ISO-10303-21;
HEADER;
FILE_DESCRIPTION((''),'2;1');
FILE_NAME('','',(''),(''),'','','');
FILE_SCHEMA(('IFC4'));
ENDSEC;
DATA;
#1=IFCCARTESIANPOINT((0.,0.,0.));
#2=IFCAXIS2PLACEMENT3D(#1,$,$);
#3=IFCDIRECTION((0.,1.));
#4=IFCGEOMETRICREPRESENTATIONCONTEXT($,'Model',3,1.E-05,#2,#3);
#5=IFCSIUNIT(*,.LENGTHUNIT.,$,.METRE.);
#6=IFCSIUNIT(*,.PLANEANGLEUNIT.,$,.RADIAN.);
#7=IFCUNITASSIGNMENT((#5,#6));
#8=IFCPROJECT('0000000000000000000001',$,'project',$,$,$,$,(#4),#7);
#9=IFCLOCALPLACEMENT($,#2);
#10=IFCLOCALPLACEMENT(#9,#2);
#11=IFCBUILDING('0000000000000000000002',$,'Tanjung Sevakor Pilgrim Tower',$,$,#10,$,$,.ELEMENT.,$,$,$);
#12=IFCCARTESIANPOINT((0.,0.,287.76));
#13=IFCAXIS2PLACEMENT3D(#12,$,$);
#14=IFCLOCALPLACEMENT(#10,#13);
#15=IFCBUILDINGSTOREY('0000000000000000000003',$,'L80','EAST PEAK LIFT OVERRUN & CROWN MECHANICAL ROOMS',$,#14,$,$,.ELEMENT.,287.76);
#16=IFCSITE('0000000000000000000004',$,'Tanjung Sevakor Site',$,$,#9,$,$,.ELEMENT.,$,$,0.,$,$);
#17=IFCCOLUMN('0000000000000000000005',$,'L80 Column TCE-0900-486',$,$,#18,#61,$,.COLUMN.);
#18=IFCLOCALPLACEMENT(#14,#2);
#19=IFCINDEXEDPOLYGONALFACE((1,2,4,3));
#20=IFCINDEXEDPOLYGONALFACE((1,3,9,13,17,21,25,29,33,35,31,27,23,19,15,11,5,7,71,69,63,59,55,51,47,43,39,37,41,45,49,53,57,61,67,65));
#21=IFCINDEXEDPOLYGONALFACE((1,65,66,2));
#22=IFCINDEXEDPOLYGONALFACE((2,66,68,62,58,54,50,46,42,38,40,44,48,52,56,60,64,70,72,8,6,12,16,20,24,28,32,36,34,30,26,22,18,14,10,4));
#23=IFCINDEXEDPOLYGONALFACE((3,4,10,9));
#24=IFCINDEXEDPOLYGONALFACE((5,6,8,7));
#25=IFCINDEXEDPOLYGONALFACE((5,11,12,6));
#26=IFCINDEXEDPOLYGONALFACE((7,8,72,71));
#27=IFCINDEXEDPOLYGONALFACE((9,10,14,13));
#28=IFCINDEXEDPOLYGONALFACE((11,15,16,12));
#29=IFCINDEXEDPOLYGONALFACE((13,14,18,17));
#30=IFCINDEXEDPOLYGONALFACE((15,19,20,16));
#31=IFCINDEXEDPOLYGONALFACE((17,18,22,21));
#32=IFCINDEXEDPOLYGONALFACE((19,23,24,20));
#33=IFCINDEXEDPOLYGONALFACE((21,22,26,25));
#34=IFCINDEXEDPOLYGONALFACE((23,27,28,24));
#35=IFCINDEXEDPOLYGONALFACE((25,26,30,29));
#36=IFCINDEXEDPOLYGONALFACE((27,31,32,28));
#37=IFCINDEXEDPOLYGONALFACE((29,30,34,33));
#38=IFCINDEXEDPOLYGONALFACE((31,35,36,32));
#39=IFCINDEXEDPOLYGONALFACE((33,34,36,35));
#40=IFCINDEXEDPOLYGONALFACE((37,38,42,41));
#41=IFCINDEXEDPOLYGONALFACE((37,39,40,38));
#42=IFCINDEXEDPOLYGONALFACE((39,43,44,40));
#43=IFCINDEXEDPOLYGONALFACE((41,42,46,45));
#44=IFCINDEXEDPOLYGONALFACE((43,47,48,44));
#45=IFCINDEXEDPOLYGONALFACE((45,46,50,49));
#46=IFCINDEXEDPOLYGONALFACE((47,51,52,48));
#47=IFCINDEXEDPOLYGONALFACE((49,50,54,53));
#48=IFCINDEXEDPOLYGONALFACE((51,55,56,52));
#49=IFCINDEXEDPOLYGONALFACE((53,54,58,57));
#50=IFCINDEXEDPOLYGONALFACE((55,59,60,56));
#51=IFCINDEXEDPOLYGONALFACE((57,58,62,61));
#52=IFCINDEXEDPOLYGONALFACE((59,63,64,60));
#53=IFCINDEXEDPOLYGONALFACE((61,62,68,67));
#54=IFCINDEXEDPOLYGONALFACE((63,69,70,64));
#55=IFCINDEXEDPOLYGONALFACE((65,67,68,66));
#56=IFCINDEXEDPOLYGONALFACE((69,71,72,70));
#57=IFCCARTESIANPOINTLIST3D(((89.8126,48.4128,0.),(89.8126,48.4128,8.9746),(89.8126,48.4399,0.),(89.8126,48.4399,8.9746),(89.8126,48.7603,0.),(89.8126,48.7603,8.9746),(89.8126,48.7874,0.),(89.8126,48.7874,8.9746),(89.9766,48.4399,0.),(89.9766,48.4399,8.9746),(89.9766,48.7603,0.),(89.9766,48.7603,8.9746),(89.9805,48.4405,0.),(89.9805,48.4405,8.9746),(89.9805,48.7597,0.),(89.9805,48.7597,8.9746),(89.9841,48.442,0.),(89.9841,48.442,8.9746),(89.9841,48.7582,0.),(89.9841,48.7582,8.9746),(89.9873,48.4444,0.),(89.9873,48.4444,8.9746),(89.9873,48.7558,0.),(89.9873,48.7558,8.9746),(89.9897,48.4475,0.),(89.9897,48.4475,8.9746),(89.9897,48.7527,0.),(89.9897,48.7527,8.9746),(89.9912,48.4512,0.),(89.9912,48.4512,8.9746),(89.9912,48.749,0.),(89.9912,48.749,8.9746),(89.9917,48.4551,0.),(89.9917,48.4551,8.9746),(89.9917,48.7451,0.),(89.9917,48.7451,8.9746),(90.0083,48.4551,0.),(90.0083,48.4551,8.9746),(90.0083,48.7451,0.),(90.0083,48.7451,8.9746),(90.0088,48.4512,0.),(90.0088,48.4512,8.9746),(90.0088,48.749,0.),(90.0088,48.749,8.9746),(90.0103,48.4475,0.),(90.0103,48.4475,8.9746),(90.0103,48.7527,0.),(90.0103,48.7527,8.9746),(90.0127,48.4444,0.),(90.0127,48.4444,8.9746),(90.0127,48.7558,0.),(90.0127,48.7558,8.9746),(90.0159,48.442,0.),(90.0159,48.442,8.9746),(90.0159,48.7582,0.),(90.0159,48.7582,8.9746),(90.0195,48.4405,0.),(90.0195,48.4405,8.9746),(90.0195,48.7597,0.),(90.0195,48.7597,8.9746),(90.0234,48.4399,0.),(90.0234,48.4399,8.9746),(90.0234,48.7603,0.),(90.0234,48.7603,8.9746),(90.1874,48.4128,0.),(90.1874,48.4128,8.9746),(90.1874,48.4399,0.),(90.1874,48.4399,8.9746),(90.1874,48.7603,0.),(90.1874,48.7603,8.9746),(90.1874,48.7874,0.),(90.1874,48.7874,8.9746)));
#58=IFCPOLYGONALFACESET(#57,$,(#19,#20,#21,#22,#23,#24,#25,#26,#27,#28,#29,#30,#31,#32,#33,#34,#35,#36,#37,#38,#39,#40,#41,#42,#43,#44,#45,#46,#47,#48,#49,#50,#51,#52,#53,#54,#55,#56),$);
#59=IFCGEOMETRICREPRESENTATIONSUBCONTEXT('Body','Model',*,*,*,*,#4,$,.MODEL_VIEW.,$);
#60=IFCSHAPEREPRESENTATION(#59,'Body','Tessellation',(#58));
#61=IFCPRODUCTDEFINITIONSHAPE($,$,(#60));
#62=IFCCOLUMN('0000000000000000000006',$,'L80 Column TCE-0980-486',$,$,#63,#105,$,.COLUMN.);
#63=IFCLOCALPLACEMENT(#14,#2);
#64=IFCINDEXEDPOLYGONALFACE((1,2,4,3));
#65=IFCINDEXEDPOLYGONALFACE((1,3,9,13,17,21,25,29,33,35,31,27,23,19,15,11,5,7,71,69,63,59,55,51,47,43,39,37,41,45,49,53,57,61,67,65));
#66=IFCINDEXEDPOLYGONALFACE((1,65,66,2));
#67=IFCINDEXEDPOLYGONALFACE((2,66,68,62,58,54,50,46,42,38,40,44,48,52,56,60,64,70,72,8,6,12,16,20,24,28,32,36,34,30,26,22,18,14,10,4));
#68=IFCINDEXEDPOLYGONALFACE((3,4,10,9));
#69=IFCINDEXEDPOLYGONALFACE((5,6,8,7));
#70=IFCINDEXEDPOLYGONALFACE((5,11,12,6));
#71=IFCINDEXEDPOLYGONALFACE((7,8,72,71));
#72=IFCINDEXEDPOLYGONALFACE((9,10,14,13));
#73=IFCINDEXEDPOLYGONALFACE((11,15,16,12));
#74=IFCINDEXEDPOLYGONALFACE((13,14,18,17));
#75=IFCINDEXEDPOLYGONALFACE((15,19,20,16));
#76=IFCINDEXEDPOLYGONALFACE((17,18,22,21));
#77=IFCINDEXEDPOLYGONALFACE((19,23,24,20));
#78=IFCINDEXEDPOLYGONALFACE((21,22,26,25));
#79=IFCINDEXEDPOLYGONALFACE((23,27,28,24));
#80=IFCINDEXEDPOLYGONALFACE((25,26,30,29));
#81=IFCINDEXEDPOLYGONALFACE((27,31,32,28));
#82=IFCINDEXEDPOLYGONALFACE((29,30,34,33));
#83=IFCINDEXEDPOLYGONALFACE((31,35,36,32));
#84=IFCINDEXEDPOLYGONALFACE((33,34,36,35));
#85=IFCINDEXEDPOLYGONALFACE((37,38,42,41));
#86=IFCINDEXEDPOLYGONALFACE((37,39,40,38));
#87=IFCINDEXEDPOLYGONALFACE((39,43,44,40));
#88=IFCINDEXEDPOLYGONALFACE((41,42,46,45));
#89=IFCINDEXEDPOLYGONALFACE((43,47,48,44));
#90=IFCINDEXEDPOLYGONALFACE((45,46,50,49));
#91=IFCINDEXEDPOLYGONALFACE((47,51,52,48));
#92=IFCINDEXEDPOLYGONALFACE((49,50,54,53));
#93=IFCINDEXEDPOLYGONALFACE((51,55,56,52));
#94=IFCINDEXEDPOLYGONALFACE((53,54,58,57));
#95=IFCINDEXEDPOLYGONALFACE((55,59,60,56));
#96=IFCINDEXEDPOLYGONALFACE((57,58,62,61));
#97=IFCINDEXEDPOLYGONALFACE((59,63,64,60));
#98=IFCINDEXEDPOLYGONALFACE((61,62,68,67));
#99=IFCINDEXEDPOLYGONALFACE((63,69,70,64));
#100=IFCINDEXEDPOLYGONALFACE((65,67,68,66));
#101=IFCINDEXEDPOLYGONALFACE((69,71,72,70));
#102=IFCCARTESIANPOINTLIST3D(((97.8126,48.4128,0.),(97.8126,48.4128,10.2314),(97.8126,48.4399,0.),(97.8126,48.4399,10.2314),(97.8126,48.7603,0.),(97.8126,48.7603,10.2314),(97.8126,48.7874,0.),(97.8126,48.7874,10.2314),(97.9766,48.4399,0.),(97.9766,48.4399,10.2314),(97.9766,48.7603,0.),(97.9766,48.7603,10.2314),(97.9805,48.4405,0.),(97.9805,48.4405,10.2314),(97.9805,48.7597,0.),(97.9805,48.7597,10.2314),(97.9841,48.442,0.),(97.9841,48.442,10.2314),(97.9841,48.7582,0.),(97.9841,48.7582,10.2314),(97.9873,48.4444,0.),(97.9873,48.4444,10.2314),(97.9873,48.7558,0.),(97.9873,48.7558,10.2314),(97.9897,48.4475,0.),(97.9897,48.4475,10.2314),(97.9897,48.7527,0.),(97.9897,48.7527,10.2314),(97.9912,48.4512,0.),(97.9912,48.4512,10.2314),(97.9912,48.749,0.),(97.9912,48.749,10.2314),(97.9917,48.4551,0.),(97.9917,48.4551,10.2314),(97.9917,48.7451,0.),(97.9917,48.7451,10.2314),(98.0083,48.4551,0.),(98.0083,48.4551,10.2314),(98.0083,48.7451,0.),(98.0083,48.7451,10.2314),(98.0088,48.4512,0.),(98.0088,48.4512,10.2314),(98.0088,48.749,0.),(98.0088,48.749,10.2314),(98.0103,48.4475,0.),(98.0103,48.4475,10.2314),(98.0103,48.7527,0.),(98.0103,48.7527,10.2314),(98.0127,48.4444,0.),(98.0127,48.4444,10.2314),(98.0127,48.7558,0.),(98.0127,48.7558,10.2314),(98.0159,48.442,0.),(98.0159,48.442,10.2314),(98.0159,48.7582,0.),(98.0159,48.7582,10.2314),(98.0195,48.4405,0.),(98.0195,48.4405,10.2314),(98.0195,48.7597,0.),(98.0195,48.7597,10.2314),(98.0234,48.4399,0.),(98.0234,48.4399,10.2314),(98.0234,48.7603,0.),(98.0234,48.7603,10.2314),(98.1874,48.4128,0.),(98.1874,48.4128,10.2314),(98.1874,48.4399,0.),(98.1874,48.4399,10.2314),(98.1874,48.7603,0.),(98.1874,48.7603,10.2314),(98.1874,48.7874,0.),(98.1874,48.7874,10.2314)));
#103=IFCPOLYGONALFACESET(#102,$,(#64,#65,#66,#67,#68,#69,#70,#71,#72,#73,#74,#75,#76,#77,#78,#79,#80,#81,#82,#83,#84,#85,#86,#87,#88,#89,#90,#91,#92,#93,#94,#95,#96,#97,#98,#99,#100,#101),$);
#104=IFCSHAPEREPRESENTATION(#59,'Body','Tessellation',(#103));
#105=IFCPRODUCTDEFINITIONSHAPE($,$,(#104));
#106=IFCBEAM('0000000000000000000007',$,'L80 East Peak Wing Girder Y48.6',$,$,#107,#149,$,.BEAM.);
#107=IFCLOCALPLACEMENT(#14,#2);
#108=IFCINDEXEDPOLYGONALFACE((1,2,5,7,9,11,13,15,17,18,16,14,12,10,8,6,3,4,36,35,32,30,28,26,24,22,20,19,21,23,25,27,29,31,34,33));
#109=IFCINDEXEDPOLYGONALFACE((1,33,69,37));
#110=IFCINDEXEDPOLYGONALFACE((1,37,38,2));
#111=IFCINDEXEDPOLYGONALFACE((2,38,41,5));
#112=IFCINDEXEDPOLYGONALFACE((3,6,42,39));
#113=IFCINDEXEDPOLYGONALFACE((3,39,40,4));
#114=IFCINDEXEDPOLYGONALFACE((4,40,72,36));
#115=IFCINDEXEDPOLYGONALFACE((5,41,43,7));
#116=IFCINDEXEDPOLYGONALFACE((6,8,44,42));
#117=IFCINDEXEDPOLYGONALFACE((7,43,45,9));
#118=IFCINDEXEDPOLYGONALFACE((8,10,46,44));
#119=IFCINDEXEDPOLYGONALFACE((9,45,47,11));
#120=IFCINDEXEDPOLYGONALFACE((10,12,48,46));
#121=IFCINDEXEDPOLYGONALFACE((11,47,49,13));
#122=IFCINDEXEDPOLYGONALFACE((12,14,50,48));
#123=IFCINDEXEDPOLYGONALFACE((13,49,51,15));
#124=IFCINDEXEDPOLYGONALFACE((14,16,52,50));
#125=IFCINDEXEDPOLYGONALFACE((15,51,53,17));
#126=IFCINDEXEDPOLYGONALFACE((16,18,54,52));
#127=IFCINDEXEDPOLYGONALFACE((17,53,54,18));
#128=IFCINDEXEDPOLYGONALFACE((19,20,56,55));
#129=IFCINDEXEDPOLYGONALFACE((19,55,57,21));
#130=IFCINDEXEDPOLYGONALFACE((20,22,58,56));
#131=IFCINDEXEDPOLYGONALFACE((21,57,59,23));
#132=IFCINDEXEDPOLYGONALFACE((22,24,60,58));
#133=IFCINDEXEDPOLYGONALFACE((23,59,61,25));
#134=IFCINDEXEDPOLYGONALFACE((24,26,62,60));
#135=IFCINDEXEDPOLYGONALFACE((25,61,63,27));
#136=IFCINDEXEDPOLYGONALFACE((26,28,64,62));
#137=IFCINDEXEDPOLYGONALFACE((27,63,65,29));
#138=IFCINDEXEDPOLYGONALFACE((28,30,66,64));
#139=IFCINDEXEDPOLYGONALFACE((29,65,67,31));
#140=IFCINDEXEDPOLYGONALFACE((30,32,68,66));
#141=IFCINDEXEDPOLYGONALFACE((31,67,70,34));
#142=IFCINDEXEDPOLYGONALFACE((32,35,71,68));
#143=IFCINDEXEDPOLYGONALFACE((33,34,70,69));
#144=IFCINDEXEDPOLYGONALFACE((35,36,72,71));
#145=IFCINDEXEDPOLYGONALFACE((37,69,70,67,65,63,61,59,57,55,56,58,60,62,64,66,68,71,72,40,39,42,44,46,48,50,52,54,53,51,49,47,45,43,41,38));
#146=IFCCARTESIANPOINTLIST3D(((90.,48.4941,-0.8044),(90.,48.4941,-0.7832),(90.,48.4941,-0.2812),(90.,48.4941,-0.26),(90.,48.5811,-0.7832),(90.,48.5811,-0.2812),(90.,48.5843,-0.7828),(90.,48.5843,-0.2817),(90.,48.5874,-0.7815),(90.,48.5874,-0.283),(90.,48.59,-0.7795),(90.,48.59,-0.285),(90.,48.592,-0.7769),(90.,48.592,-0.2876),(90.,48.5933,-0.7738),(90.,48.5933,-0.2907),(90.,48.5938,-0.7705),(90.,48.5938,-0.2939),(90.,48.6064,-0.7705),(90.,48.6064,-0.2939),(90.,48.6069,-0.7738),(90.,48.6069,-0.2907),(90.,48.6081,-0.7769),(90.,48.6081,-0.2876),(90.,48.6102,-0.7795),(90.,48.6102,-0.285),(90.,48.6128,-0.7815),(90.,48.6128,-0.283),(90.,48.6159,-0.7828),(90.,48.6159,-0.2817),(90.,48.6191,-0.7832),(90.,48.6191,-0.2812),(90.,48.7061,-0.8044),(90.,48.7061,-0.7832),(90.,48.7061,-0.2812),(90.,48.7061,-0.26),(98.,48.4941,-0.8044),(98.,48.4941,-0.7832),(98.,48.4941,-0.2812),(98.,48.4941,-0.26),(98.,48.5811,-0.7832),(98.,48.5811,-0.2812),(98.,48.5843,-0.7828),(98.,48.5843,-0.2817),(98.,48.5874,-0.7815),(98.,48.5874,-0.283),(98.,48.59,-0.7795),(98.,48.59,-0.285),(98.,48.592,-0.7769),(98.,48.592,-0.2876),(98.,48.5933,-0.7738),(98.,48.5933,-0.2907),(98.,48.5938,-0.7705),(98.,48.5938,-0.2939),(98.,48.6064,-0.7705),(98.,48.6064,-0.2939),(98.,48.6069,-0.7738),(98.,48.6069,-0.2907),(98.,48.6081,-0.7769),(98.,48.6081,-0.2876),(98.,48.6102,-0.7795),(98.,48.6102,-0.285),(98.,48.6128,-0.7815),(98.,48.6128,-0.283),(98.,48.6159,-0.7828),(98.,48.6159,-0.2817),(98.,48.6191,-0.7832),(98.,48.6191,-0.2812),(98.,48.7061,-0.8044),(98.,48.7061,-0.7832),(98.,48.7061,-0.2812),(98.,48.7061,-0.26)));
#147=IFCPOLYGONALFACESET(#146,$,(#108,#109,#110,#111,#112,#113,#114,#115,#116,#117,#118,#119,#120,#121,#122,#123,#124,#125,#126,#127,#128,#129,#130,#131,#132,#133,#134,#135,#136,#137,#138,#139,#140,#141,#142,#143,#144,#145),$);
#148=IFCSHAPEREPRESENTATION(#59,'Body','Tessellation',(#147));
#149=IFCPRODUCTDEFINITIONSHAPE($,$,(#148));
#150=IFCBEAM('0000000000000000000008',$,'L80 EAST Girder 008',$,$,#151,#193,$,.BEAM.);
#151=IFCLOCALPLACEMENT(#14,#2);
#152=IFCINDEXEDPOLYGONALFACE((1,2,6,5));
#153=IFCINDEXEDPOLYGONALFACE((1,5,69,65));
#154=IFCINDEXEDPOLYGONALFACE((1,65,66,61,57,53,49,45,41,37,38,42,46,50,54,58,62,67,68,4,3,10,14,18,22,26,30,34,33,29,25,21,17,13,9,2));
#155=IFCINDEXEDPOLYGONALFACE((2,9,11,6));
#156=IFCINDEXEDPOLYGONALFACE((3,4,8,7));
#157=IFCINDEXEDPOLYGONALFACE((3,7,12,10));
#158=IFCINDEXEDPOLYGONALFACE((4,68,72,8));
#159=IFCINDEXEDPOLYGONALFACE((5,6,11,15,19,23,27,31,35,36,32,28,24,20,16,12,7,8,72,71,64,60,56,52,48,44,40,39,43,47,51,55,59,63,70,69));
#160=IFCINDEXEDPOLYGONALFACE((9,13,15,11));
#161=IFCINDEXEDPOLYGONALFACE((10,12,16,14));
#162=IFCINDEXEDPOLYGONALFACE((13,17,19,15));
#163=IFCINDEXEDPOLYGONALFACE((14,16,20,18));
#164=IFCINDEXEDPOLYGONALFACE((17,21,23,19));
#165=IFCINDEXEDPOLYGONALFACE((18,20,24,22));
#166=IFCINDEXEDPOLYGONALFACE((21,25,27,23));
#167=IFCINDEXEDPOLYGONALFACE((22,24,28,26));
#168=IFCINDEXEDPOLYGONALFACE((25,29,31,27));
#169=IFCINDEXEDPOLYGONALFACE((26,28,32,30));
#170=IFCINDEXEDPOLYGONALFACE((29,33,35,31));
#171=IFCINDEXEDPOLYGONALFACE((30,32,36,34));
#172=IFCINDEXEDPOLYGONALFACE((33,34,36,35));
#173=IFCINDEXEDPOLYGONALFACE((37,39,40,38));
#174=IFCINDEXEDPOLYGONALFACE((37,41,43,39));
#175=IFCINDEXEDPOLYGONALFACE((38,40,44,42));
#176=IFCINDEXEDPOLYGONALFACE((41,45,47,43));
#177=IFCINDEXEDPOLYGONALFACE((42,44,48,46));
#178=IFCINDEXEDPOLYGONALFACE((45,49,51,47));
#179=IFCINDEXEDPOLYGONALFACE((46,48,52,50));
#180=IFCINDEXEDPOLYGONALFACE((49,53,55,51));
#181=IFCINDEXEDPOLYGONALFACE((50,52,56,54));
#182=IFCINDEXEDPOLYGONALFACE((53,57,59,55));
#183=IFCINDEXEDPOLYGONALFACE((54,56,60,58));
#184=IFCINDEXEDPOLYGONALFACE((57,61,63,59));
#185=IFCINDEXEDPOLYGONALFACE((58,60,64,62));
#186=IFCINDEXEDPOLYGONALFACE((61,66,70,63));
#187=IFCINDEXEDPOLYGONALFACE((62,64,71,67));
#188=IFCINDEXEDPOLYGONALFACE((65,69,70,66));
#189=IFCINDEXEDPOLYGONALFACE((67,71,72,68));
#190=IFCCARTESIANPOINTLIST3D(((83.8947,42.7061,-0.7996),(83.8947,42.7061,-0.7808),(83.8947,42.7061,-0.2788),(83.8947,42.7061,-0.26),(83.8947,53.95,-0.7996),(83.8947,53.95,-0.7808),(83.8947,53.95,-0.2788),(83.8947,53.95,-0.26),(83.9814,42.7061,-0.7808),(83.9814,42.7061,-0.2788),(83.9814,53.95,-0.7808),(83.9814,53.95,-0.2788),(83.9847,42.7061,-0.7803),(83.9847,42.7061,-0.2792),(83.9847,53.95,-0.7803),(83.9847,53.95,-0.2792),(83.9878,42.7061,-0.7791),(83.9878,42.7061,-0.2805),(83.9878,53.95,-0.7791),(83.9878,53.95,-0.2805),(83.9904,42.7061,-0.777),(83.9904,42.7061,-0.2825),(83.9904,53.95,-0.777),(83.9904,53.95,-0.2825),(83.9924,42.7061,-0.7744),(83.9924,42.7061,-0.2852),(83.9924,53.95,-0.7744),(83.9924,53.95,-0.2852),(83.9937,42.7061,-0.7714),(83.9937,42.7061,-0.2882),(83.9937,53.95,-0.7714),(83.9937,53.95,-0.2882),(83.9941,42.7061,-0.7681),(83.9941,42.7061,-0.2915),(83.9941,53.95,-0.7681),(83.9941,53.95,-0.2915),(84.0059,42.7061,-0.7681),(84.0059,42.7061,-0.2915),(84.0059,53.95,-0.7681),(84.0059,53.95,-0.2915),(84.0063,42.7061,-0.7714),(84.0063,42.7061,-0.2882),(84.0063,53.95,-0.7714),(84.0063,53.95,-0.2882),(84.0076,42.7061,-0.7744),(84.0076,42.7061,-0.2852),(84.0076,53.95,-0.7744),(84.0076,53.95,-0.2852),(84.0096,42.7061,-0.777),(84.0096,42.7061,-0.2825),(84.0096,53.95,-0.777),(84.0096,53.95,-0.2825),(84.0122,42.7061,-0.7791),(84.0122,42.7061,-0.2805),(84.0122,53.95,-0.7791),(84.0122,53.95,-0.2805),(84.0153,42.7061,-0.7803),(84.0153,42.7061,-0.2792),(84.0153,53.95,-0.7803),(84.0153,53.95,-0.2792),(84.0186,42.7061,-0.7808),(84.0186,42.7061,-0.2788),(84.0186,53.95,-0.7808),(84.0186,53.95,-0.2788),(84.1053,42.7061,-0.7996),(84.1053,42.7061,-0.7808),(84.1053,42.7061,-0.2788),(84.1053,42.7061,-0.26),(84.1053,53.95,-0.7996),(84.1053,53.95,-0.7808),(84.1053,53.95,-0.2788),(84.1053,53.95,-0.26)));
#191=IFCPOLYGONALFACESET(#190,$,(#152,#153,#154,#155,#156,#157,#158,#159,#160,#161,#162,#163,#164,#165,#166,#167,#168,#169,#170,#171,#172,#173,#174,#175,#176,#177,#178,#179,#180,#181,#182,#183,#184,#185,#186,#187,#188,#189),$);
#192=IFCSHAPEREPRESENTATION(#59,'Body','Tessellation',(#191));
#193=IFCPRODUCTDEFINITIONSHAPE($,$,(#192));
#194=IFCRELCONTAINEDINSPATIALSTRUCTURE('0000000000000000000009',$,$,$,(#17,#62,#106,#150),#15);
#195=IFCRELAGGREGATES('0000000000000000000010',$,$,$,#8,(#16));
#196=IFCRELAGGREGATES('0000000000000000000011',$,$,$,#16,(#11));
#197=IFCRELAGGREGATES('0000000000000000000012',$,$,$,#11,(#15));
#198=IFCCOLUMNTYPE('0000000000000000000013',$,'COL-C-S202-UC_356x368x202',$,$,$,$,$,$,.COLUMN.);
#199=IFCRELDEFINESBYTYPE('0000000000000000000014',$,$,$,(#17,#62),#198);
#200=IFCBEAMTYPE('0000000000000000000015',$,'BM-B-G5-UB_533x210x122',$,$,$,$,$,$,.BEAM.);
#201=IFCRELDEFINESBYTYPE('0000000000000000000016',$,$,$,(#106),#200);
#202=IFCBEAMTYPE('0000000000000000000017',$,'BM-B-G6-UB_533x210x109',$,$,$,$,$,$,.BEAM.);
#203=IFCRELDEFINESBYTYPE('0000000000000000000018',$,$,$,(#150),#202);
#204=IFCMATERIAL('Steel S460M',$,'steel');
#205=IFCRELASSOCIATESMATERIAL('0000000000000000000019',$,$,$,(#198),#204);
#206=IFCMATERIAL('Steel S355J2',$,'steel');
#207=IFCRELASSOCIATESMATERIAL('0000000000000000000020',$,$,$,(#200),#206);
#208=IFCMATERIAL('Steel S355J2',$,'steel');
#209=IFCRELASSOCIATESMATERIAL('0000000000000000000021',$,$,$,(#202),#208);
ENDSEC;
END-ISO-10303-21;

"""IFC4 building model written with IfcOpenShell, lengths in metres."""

from ifc_helpers import new_model, si_unit, direction, frame, origin, origin_2d, place, context, subcontext, project, spatial, i_section, extrude, material, material_profile, profile_set, type_object, element, save


model = new_model("IFC4")

# Units and contexts
model_context = context("Model", 3, precision=1e-05, world=origin(), true_north=direction((0.0, 1.0)))
body_context = subcontext(model_context, "Body", "Model", "MODEL_VIEW")
ifc_project = project(units=[si_unit("LENGTHUNIT", "METRE"), si_unit("PLANEANGLEUNIT", "RADIAN")], contexts=[model_context])

# Site, building, storey
site_placement = place(None, origin())
site = spatial("IfcSite", under=ifc_project, at=site_placement, Name="Tanjung Sevakor Site", CompositionType="ELEMENT", RefElevation=0.0)
building_placement = place(site_placement, origin())
building = spatial("IfcBuilding", under=site, at=building_placement, Name="Tanjung Sevakor Pilgrim Tower", CompositionType="ELEMENT")
storey_placement = place(building_placement, frame((0.0, 0.0, 287.76)))
storey = spatial("IfcBuildingStorey", under=building, at=storey_placement, Name="L80", Description="EAST PEAK LIFT OVERRUN & CROWN MECHANICAL ROOMS", CompositionType="ELEMENT", Elevation=287.76)

# Columns
ifc_material_1 = material(Name="Steel S460M", Category="steel")
ifc_material_profile_1 = material_profile(ifc_material_1, i_section(OverallWidth=0.3748, OverallDepth=0.3745, WebThickness=0.0166, FlangeThickness=0.0271, FilletRadius=0.0151, at=origin_2d()))
ifc_profile_set_1 = profile_set([ifc_material_profile_1], Name="Steel S460M")
column_type = type_object("IfcColumnType", Name="COL-C-S202-UC_356x368x202", PredefinedType="COLUMN", material=ifc_profile_set_1)
column_1_placement = place(storey_placement, frame((90.0, 48.6001, 0.0), z_axis=(0.0, 0.0, 1.0), x_axis=(1.0, 0.0, 0.0)))
element("IfcColumn", 1, at=column_1_placement, inside=storey, type_object=column_type, Name="L80 Column TCE-0900-486", PredefinedType="COLUMN", context=body_context, shape_type="SweptSolid", body=[
    extrude(i_section(OverallWidth=0.3748, OverallDepth=0.3745, WebThickness=0.0166, FlangeThickness=0.0271, FilletRadius=0.0151, at=origin_2d()), origin(), (0.0, 0.0, 1.0), 8.9746),
])
column_2_placement = place(storey_placement, frame((98.0, 48.6001, 0.0), z_axis=(0.0, 0.0, 1.0), x_axis=(1.0, 0.0, 0.0)))
element("IfcColumn", 2, at=column_2_placement, inside=storey, type_object=column_type, Name="L80 Column TCE-0980-486", PredefinedType="COLUMN", context=body_context, shape_type="SweptSolid", body=[
    extrude(i_section(OverallWidth=0.3748, OverallDepth=0.3745, WebThickness=0.0166, FlangeThickness=0.0271, FilletRadius=0.0151, at=origin_2d()), origin(), (0.0, 0.0, 1.0), 10.2314),
])

# Beams
ifc_material_2 = material(Name="Steel S355J2", Category="steel")
ifc_material_profile_2 = material_profile(ifc_material_2, i_section(OverallWidth=0.2119, OverallDepth=0.5444, WebThickness=0.0127, FlangeThickness=0.0212, FilletRadius=0.0127, at=origin_2d()))
ifc_profile_set_2 = profile_set([ifc_material_profile_2], Name="Steel S355J2")
beam_type_1 = type_object("IfcBeamType", Name="BM-B-G5-UB_533x210x122", PredefinedType="BEAM", material=ifc_profile_set_2)
beam_1_placement = place(storey_placement, frame((90.0, 48.6001, -0.5322), z_axis=(1.0, 0.0, 0.0), x_axis=(0.0, 1.0, 0.0)))
element("IfcBeam", 3, at=beam_1_placement, inside=storey, type_object=beam_type_1, Name="L80 East Peak Wing Girder Y48.6", PredefinedType="BEAM", context=body_context, shape_type="SweptSolid", body=[
    extrude(i_section(OverallWidth=0.2119, OverallDepth=0.5444, WebThickness=0.0127, FlangeThickness=0.0212, FilletRadius=0.0127, at=origin_2d()), origin(), (0.0, 0.0, 1.0), 8.0),
])
ifc_material_3 = material(Name="Steel S355J2", Category="steel")
ifc_material_profile_3 = material_profile(ifc_material_3, i_section(OverallWidth=0.2107, OverallDepth=0.5396, WebThickness=0.0117, FlangeThickness=0.0188, FilletRadius=0.0127, at=origin_2d()))
ifc_profile_set_3 = profile_set([ifc_material_profile_3], Name="Steel S355J2")
beam_type_2 = type_object("IfcBeamType", Name="BM-B-G6-UB_533x210x109", PredefinedType="BEAM", material=ifc_profile_set_3)
for number, where, z_axis, x_axis, name in (
    (4, (84.0, 42.7061, -0.5298), (0.0, 1.0, 0.0), (-1.0, 0.0, 0.0), "L80 EAST Girder 008"),
):
    element("IfcBeam", number, at=place(storey_placement, frame(where, z_axis=z_axis, x_axis=x_axis)), inside=storey, type_object=beam_type_2, Name=name, PredefinedType="BEAM", context=body_context, shape_type="SweptSolid", body=[
        extrude(i_section(OverallWidth=0.2107, OverallDepth=0.5396, WebThickness=0.0117, FlangeThickness=0.0188, FilletRadius=0.0127, at=origin_2d()), origin(), (0.0, 0.0, 1.0), 11.2439),
    ])

save(model, "model.ifc")
